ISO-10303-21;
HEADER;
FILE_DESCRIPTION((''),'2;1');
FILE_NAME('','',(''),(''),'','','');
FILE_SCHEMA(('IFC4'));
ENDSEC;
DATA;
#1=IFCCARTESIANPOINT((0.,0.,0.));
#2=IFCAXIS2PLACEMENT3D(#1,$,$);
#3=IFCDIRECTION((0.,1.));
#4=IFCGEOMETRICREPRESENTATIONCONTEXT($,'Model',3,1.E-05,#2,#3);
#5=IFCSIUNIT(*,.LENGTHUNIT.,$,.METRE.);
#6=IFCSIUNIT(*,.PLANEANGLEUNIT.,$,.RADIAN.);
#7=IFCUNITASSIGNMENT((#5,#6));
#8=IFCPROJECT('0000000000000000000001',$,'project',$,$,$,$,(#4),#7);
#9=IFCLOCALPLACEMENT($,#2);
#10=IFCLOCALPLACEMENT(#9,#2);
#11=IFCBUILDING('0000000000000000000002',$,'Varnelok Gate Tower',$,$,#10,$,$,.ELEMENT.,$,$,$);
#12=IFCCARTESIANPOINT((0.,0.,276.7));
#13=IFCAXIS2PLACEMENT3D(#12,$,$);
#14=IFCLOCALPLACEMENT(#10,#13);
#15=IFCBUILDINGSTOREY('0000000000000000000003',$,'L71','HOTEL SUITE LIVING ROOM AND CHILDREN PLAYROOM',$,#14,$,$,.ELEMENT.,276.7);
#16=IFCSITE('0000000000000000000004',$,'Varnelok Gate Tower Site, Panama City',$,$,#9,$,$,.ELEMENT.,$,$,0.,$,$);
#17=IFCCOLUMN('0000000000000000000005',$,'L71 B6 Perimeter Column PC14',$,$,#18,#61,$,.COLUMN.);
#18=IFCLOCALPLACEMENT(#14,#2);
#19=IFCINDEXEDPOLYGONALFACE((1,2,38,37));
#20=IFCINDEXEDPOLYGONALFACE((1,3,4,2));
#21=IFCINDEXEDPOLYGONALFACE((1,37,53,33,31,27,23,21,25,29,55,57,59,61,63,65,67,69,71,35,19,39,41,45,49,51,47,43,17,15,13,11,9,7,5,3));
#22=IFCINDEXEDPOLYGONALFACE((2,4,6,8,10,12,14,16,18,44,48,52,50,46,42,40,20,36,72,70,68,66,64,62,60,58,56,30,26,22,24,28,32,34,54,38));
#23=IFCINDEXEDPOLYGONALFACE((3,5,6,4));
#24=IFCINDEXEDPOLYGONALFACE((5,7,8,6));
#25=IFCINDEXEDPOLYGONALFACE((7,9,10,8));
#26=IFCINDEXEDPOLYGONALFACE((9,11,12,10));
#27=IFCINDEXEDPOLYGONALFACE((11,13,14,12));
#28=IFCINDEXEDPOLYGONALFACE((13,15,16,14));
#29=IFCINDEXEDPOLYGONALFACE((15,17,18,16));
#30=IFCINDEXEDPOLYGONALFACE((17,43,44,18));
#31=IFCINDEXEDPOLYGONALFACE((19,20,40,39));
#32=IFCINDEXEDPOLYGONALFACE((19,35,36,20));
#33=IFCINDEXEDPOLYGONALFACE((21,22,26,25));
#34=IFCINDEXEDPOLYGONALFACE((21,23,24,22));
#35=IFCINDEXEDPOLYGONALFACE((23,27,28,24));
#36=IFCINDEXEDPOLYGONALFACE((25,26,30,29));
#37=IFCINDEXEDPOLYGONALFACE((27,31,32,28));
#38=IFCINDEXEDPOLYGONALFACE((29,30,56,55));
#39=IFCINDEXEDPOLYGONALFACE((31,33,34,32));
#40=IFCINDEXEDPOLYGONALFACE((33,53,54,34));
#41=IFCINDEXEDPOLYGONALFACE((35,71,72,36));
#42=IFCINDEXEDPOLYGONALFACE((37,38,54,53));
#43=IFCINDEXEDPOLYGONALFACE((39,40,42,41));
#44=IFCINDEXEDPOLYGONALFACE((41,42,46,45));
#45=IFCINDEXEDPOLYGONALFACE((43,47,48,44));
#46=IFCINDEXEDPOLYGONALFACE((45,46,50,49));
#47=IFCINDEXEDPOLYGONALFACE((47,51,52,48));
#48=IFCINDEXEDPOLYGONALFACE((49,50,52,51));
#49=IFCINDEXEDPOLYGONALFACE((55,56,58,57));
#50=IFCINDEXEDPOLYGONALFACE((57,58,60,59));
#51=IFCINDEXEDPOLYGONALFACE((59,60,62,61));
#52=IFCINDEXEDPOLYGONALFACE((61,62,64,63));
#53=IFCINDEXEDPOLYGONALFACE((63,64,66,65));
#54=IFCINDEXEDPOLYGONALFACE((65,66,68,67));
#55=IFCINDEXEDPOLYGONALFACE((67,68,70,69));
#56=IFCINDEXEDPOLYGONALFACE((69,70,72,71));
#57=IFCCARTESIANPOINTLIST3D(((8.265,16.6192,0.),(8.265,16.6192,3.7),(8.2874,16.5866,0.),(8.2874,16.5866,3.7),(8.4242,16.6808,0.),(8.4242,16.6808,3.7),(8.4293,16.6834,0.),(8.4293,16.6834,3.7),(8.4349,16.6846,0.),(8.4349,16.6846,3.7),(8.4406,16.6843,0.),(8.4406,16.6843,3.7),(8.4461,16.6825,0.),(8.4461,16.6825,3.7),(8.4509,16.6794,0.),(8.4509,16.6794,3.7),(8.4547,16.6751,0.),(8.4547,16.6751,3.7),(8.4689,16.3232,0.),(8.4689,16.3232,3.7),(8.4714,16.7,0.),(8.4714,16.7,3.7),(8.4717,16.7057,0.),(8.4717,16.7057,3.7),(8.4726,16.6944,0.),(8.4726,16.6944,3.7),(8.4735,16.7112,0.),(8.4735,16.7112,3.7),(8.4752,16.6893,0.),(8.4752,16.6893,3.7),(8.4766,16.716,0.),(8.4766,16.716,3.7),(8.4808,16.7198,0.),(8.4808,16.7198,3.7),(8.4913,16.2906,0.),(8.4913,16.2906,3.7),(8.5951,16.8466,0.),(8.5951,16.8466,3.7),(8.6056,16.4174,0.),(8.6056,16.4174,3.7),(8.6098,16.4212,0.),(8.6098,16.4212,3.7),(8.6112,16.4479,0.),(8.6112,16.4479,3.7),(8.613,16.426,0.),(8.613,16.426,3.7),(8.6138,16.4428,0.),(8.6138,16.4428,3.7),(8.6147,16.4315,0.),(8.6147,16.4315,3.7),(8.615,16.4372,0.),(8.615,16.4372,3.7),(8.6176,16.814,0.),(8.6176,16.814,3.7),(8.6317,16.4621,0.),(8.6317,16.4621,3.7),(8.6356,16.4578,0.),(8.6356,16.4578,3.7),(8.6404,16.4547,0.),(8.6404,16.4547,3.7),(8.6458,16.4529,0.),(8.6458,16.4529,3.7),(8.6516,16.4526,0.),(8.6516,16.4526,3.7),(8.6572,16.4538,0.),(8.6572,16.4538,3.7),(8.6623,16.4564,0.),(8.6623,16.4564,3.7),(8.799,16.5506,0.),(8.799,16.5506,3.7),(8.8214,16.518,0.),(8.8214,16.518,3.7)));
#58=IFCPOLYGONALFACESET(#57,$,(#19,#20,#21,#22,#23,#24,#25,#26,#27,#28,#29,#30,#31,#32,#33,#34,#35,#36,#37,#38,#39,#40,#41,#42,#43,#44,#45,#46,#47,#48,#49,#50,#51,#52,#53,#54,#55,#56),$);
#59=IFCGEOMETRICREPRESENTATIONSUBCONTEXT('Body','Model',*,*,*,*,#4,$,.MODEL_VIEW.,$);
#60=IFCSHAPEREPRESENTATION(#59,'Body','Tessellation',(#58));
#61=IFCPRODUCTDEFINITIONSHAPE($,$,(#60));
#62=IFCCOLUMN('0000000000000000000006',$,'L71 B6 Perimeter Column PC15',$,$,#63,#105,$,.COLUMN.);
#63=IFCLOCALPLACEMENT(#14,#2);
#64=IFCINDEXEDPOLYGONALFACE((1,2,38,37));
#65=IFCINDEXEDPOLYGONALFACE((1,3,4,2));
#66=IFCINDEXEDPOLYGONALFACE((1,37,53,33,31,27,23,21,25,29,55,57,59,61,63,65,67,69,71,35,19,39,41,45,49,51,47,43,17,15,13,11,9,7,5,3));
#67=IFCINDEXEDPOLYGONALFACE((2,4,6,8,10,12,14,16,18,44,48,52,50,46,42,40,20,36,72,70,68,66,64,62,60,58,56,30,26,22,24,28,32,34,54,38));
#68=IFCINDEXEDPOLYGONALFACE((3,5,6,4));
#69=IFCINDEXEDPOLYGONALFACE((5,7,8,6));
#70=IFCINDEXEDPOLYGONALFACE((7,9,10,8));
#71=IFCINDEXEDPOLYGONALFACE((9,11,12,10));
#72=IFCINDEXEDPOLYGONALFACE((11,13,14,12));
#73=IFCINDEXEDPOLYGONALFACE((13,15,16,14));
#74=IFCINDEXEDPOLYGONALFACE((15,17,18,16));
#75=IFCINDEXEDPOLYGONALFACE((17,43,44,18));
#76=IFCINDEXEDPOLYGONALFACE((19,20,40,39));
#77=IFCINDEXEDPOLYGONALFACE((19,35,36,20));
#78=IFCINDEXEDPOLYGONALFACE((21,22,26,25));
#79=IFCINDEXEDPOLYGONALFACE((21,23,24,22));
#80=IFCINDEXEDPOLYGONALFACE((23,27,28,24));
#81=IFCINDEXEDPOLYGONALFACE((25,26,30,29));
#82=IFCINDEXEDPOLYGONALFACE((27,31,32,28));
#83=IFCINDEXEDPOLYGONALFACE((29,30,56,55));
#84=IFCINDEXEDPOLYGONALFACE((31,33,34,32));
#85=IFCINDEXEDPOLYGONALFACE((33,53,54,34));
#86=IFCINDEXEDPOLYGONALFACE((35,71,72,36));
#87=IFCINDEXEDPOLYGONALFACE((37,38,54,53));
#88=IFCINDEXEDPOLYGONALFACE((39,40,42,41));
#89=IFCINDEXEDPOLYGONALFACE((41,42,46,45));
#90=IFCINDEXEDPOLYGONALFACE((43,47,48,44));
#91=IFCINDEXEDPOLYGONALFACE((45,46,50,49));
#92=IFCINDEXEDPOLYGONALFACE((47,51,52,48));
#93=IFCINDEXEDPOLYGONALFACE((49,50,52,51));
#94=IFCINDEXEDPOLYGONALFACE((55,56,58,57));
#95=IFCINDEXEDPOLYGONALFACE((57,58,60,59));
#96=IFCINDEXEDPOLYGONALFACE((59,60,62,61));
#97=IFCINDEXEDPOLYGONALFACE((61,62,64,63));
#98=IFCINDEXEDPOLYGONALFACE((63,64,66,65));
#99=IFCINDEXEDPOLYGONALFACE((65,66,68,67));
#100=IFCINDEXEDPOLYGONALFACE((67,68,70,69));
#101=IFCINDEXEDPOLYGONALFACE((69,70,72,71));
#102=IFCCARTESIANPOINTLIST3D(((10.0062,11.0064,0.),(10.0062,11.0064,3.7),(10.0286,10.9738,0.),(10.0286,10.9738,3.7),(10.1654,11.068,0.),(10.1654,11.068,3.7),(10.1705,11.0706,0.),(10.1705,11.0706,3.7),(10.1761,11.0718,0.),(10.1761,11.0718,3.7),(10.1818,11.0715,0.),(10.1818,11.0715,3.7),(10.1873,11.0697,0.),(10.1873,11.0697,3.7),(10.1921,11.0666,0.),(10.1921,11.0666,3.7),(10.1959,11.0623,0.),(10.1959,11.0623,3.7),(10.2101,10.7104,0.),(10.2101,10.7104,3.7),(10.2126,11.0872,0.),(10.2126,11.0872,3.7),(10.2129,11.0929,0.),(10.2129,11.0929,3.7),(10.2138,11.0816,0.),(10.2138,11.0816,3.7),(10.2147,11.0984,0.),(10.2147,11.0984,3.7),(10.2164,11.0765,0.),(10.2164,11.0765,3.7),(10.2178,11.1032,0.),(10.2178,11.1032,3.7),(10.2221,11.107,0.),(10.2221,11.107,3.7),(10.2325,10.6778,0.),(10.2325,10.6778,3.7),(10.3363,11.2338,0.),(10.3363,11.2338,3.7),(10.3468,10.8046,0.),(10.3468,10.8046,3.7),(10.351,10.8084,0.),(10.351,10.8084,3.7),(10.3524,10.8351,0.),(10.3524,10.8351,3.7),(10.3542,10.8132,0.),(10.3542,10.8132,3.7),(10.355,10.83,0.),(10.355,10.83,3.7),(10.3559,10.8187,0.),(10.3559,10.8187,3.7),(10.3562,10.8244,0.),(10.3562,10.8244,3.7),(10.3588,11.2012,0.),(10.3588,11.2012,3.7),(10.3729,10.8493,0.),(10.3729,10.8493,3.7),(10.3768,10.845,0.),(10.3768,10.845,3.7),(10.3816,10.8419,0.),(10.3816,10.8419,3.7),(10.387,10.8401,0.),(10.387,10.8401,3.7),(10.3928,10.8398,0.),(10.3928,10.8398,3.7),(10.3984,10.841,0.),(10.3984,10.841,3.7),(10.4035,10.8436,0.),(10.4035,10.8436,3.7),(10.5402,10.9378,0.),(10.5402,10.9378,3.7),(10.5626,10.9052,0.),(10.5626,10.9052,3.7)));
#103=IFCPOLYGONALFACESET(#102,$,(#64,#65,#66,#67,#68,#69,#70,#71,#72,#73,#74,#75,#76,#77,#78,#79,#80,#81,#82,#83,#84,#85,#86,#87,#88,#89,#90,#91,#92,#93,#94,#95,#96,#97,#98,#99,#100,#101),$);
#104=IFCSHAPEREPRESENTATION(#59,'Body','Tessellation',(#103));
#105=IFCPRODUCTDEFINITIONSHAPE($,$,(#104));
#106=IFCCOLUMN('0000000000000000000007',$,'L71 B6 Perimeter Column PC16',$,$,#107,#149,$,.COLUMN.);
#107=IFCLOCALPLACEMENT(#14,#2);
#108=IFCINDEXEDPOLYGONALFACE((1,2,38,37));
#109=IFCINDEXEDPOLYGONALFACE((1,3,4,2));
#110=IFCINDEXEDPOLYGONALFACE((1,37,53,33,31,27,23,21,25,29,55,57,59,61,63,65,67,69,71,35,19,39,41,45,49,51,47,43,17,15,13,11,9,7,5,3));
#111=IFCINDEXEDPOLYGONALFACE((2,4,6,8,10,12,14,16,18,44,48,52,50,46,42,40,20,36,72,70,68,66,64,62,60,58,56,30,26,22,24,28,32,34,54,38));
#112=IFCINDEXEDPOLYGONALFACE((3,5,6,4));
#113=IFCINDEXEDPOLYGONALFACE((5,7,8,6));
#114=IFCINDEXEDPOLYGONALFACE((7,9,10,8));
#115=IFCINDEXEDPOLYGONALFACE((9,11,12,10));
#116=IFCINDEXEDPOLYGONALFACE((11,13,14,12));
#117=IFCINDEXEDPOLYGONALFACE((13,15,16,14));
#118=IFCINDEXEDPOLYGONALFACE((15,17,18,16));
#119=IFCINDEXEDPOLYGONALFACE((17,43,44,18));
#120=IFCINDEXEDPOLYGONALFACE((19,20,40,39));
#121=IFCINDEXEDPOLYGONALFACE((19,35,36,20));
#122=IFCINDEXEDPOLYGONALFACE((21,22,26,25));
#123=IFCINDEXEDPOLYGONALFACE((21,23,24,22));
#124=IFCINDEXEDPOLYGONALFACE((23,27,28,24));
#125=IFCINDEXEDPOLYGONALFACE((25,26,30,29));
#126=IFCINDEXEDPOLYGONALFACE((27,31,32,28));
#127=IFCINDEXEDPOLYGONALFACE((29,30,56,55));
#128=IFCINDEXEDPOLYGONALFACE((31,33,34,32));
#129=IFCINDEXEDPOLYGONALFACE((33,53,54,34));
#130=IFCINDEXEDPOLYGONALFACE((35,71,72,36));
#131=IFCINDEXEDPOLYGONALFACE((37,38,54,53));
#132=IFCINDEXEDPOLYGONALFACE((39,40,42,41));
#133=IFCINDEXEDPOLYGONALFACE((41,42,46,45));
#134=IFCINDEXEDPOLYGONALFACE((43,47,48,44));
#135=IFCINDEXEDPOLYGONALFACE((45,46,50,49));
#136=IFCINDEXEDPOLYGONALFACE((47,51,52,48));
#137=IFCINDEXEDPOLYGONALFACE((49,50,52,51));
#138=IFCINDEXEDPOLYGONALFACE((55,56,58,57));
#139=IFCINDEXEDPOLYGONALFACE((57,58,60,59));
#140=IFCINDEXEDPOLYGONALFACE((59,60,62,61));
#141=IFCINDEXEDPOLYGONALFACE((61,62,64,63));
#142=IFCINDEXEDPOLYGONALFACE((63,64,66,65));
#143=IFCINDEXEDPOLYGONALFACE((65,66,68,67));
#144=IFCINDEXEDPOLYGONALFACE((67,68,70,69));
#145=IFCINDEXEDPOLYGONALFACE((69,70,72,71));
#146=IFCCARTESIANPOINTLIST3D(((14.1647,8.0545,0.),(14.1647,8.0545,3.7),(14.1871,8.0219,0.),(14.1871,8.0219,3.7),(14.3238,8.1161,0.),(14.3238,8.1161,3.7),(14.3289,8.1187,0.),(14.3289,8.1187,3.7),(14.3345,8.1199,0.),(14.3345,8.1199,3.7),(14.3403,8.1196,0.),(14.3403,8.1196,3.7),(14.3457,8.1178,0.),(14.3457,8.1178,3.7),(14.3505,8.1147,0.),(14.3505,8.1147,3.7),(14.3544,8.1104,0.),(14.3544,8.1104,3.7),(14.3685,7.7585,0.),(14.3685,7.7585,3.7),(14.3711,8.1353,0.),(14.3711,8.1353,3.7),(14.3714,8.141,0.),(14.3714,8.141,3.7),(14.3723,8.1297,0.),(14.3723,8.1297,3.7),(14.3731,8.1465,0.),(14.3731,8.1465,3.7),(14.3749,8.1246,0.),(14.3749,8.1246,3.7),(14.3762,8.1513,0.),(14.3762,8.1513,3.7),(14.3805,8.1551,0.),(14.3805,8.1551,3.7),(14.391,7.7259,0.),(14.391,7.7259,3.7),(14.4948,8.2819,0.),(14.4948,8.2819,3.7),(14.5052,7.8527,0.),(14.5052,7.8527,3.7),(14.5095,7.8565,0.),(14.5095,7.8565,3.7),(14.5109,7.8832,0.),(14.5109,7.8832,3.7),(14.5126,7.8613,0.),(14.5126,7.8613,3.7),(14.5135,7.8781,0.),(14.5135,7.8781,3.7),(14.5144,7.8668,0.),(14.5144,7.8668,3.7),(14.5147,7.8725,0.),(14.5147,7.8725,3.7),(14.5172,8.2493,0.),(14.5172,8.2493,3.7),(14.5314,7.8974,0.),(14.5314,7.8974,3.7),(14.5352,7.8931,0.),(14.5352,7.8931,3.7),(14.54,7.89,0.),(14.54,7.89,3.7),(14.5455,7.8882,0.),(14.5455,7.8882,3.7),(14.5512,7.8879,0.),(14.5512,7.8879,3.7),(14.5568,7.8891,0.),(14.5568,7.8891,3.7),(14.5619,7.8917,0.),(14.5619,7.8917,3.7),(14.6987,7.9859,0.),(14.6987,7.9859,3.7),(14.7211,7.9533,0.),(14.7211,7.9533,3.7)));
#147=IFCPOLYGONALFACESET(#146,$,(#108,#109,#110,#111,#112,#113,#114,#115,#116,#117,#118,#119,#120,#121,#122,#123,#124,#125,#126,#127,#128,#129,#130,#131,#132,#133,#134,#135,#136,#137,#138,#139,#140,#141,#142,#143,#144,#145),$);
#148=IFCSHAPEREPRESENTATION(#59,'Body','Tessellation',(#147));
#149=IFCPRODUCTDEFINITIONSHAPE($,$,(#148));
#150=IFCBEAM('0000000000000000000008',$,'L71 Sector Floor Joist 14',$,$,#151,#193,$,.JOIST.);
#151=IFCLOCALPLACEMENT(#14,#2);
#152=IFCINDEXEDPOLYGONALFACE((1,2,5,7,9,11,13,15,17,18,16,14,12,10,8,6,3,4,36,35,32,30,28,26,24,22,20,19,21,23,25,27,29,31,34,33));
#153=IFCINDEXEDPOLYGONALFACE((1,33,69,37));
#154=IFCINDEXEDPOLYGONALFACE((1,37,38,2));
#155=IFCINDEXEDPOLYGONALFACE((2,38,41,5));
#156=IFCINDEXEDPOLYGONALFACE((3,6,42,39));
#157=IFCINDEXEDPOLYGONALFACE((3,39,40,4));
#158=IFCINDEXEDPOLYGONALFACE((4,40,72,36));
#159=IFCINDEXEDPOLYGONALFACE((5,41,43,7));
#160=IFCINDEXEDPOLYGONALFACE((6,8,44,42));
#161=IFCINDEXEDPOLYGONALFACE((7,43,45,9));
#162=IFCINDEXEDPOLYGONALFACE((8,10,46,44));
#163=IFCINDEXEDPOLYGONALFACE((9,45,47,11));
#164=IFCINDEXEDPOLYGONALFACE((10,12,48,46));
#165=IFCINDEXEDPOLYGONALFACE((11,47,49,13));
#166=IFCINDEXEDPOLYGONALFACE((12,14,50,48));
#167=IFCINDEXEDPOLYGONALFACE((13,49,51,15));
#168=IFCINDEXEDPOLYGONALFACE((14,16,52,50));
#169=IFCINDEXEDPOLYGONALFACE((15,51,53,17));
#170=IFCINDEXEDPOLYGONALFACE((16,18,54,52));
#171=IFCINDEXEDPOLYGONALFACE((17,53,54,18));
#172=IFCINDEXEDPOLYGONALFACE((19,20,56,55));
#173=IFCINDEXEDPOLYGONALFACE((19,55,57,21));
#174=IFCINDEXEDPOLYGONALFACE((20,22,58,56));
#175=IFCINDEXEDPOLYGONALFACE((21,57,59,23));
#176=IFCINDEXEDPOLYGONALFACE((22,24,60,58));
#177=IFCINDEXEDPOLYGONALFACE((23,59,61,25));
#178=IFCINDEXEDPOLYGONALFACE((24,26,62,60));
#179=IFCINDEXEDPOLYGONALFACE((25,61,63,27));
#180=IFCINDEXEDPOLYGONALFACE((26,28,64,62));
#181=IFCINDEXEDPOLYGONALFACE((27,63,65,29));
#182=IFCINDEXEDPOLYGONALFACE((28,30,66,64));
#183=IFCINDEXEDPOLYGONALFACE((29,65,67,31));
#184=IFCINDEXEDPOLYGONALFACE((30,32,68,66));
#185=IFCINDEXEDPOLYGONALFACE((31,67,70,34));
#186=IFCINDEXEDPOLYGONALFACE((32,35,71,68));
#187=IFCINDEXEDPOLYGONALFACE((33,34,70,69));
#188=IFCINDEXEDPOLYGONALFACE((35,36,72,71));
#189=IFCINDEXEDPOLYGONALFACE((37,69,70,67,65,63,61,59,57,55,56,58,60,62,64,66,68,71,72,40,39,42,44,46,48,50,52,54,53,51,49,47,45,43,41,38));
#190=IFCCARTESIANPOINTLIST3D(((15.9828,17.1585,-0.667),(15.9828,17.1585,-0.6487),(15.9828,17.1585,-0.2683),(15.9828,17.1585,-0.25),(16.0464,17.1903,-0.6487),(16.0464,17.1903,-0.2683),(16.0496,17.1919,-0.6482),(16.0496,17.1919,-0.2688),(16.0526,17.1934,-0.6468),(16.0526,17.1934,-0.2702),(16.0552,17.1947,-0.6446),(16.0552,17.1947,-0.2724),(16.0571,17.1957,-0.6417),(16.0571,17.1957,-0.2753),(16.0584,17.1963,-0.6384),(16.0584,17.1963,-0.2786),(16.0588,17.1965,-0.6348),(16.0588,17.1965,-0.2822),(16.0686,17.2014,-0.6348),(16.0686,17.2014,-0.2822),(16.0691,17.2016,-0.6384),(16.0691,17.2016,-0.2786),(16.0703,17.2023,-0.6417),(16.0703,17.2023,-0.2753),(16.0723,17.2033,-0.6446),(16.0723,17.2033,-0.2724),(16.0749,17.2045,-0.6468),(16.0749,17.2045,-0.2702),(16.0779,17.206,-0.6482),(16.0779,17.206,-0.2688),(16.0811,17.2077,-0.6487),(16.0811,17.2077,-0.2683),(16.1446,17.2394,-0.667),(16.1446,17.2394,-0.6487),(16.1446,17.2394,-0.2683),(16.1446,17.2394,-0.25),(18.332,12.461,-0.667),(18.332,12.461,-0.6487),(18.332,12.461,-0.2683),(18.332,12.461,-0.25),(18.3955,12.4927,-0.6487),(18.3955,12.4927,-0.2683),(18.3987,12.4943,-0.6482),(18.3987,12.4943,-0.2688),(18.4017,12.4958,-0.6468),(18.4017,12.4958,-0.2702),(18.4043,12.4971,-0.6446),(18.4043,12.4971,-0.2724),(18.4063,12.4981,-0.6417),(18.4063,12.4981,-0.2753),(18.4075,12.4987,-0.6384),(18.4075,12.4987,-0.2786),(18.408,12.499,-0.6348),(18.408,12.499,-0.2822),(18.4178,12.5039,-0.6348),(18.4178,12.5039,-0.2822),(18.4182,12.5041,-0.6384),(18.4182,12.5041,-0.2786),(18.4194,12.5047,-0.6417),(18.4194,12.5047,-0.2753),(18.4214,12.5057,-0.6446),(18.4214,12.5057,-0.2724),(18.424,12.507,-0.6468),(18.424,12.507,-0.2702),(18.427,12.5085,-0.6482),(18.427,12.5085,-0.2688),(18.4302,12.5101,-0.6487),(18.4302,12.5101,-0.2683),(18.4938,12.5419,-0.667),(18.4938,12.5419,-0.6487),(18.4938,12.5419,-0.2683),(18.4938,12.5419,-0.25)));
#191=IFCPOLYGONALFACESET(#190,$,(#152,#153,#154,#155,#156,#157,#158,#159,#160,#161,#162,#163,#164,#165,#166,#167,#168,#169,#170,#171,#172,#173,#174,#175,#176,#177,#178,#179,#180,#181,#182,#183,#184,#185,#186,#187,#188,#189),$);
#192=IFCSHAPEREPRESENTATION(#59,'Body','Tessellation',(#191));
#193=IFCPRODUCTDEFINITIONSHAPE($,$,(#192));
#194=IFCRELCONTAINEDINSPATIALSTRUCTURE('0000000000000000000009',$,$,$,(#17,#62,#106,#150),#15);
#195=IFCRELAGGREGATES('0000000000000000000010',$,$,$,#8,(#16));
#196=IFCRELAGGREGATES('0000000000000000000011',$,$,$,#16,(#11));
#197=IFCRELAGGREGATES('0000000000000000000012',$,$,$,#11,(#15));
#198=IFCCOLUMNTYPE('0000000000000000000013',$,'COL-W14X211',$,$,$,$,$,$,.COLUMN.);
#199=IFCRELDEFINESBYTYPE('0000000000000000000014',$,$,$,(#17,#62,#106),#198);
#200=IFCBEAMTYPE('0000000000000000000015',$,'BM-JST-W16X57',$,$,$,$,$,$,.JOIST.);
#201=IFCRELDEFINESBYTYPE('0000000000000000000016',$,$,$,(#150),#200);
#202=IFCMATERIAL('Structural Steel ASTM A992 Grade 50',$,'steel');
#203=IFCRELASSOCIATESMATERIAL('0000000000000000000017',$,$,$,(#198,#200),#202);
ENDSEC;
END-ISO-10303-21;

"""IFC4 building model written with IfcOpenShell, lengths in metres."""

from ifc_helpers import new_model, si_unit, direction, frame, origin, origin_2d, place, context, subcontext, project, spatial, i_section, extrude, material, material_profile, profile_set, type_object, element, save


model = new_model("IFC4")

# Units and contexts
model_context = context("Model", 3, precision=1e-05, world=origin(), true_north=direction((0.0, 1.0)))
body_context = subcontext(model_context, "Body", "Model", "MODEL_VIEW")
ifc_project = project(units=[si_unit("LENGTHUNIT", "METRE"), si_unit("PLANEANGLEUNIT", "RADIAN")], contexts=[model_context])

# Site, building, storey
site_placement = place(None, origin())
site = spatial("IfcSite", under=ifc_project, at=site_placement, Name="Varnelok Gate Tower Site, Panama City", CompositionType="ELEMENT", RefElevation=0.0)
building_placement = place(site_placement, origin())
building = spatial("IfcBuilding", under=site, at=building_placement, Name="Varnelok Gate Tower", CompositionType="ELEMENT")
storey_placement = place(building_placement, frame((0.0, 0.0, 276.7)))
storey = spatial("IfcBuildingStorey", under=building, at=storey_placement, Name="L71", Description="HOTEL SUITE LIVING ROOM AND CHILDREN PLAYROOM", CompositionType="ELEMENT", Elevation=276.7)

# Columns
ifc_material_1 = material(Name="Structural Steel ASTM A992 Grade 50", Category="steel")
ifc_material_profile_1 = material_profile(ifc_material_1, i_section(OverallWidth=0.4009, OverallDepth=0.3989, WebThickness=0.0249, FlangeThickness=0.0396, FilletRadius=0.022, at=origin_2d()), Name="W14X211")
ifc_profile_set_1 = profile_set([ifc_material_profile_1], Name="Structural Steel ASTM A992 Grade 50")
column_type = type_object("IfcColumnType", Name="COL-W14X211", PredefinedType="COLUMN", material=ifc_profile_set_1)
for number, where, z_axis, x_axis, name in (
    (1, (8.5432, 16.5686, 0.0), (0.0, 0.0, 1.0), (0.823533, 0.567269, 0.0), "L71 B6 Perimeter Column PC14"),
    (2, (10.2844, 10.9558, 0.0), (0.0, 0.0, 1.0), (0.823533, 0.567269, 0.0), "L71 B6 Perimeter Column PC15"),
    (3, (14.4429, 8.0039, 0.0), (0.0, 0.0, 1.0), (0.823533, 0.567269, 0.0), "L71 B6 Perimeter Column PC16"),
):
    element("IfcColumn", number, at=place(storey_placement, frame(where, z_axis=z_axis, x_axis=x_axis)), inside=storey, type_object=column_type, Name=name, PredefinedType="COLUMN", context=body_context, shape_type="SweptSolid", body=[
        extrude(i_section(OverallWidth=0.4009, OverallDepth=0.3989, WebThickness=0.0249, FlangeThickness=0.0396, FilletRadius=0.022, at=origin_2d()), origin(), (0.0, 0.0, 1.0), 3.7),
    ])

# Beam
ifc_material_profile_2 = material_profile(ifc_material_1, i_section(OverallWidth=0.1809, OverallDepth=0.417, WebThickness=0.011, FlangeThickness=0.0183, FilletRadius=0.0139, at=origin_2d()), Name="W16X57")
ifc_profile_set_2 = profile_set([ifc_material_profile_2], Name="Structural Steel ASTM A992 Grade 50")
beam_type_1 = type_object("IfcBeamType", Name="BM-JST-W16X57", PredefinedType="JOIST", material=ifc_profile_set_2)
beam_1_placement = place(storey_placement, frame((16.0637, 17.199, -0.4585), z_axis=(0.447269, -0.894399, 0.0), x_axis=(0.894399, 0.447269, 0.0)))
element("IfcBeam", 4, at=beam_1_placement, inside=storey, type_object=beam_type_1, Name="L71 Sector Floor Joist 14", PredefinedType="JOIST", context=body_context, shape_type="SweptSolid", body=[
    extrude(i_section(OverallWidth=0.1809, OverallDepth=0.417, WebThickness=0.011, FlangeThickness=0.0183, FilletRadius=0.0139, at=origin_2d()), origin(), (0.0, 0.0, 1.0), 5.2522),
])

save(model, "model.ifc")
